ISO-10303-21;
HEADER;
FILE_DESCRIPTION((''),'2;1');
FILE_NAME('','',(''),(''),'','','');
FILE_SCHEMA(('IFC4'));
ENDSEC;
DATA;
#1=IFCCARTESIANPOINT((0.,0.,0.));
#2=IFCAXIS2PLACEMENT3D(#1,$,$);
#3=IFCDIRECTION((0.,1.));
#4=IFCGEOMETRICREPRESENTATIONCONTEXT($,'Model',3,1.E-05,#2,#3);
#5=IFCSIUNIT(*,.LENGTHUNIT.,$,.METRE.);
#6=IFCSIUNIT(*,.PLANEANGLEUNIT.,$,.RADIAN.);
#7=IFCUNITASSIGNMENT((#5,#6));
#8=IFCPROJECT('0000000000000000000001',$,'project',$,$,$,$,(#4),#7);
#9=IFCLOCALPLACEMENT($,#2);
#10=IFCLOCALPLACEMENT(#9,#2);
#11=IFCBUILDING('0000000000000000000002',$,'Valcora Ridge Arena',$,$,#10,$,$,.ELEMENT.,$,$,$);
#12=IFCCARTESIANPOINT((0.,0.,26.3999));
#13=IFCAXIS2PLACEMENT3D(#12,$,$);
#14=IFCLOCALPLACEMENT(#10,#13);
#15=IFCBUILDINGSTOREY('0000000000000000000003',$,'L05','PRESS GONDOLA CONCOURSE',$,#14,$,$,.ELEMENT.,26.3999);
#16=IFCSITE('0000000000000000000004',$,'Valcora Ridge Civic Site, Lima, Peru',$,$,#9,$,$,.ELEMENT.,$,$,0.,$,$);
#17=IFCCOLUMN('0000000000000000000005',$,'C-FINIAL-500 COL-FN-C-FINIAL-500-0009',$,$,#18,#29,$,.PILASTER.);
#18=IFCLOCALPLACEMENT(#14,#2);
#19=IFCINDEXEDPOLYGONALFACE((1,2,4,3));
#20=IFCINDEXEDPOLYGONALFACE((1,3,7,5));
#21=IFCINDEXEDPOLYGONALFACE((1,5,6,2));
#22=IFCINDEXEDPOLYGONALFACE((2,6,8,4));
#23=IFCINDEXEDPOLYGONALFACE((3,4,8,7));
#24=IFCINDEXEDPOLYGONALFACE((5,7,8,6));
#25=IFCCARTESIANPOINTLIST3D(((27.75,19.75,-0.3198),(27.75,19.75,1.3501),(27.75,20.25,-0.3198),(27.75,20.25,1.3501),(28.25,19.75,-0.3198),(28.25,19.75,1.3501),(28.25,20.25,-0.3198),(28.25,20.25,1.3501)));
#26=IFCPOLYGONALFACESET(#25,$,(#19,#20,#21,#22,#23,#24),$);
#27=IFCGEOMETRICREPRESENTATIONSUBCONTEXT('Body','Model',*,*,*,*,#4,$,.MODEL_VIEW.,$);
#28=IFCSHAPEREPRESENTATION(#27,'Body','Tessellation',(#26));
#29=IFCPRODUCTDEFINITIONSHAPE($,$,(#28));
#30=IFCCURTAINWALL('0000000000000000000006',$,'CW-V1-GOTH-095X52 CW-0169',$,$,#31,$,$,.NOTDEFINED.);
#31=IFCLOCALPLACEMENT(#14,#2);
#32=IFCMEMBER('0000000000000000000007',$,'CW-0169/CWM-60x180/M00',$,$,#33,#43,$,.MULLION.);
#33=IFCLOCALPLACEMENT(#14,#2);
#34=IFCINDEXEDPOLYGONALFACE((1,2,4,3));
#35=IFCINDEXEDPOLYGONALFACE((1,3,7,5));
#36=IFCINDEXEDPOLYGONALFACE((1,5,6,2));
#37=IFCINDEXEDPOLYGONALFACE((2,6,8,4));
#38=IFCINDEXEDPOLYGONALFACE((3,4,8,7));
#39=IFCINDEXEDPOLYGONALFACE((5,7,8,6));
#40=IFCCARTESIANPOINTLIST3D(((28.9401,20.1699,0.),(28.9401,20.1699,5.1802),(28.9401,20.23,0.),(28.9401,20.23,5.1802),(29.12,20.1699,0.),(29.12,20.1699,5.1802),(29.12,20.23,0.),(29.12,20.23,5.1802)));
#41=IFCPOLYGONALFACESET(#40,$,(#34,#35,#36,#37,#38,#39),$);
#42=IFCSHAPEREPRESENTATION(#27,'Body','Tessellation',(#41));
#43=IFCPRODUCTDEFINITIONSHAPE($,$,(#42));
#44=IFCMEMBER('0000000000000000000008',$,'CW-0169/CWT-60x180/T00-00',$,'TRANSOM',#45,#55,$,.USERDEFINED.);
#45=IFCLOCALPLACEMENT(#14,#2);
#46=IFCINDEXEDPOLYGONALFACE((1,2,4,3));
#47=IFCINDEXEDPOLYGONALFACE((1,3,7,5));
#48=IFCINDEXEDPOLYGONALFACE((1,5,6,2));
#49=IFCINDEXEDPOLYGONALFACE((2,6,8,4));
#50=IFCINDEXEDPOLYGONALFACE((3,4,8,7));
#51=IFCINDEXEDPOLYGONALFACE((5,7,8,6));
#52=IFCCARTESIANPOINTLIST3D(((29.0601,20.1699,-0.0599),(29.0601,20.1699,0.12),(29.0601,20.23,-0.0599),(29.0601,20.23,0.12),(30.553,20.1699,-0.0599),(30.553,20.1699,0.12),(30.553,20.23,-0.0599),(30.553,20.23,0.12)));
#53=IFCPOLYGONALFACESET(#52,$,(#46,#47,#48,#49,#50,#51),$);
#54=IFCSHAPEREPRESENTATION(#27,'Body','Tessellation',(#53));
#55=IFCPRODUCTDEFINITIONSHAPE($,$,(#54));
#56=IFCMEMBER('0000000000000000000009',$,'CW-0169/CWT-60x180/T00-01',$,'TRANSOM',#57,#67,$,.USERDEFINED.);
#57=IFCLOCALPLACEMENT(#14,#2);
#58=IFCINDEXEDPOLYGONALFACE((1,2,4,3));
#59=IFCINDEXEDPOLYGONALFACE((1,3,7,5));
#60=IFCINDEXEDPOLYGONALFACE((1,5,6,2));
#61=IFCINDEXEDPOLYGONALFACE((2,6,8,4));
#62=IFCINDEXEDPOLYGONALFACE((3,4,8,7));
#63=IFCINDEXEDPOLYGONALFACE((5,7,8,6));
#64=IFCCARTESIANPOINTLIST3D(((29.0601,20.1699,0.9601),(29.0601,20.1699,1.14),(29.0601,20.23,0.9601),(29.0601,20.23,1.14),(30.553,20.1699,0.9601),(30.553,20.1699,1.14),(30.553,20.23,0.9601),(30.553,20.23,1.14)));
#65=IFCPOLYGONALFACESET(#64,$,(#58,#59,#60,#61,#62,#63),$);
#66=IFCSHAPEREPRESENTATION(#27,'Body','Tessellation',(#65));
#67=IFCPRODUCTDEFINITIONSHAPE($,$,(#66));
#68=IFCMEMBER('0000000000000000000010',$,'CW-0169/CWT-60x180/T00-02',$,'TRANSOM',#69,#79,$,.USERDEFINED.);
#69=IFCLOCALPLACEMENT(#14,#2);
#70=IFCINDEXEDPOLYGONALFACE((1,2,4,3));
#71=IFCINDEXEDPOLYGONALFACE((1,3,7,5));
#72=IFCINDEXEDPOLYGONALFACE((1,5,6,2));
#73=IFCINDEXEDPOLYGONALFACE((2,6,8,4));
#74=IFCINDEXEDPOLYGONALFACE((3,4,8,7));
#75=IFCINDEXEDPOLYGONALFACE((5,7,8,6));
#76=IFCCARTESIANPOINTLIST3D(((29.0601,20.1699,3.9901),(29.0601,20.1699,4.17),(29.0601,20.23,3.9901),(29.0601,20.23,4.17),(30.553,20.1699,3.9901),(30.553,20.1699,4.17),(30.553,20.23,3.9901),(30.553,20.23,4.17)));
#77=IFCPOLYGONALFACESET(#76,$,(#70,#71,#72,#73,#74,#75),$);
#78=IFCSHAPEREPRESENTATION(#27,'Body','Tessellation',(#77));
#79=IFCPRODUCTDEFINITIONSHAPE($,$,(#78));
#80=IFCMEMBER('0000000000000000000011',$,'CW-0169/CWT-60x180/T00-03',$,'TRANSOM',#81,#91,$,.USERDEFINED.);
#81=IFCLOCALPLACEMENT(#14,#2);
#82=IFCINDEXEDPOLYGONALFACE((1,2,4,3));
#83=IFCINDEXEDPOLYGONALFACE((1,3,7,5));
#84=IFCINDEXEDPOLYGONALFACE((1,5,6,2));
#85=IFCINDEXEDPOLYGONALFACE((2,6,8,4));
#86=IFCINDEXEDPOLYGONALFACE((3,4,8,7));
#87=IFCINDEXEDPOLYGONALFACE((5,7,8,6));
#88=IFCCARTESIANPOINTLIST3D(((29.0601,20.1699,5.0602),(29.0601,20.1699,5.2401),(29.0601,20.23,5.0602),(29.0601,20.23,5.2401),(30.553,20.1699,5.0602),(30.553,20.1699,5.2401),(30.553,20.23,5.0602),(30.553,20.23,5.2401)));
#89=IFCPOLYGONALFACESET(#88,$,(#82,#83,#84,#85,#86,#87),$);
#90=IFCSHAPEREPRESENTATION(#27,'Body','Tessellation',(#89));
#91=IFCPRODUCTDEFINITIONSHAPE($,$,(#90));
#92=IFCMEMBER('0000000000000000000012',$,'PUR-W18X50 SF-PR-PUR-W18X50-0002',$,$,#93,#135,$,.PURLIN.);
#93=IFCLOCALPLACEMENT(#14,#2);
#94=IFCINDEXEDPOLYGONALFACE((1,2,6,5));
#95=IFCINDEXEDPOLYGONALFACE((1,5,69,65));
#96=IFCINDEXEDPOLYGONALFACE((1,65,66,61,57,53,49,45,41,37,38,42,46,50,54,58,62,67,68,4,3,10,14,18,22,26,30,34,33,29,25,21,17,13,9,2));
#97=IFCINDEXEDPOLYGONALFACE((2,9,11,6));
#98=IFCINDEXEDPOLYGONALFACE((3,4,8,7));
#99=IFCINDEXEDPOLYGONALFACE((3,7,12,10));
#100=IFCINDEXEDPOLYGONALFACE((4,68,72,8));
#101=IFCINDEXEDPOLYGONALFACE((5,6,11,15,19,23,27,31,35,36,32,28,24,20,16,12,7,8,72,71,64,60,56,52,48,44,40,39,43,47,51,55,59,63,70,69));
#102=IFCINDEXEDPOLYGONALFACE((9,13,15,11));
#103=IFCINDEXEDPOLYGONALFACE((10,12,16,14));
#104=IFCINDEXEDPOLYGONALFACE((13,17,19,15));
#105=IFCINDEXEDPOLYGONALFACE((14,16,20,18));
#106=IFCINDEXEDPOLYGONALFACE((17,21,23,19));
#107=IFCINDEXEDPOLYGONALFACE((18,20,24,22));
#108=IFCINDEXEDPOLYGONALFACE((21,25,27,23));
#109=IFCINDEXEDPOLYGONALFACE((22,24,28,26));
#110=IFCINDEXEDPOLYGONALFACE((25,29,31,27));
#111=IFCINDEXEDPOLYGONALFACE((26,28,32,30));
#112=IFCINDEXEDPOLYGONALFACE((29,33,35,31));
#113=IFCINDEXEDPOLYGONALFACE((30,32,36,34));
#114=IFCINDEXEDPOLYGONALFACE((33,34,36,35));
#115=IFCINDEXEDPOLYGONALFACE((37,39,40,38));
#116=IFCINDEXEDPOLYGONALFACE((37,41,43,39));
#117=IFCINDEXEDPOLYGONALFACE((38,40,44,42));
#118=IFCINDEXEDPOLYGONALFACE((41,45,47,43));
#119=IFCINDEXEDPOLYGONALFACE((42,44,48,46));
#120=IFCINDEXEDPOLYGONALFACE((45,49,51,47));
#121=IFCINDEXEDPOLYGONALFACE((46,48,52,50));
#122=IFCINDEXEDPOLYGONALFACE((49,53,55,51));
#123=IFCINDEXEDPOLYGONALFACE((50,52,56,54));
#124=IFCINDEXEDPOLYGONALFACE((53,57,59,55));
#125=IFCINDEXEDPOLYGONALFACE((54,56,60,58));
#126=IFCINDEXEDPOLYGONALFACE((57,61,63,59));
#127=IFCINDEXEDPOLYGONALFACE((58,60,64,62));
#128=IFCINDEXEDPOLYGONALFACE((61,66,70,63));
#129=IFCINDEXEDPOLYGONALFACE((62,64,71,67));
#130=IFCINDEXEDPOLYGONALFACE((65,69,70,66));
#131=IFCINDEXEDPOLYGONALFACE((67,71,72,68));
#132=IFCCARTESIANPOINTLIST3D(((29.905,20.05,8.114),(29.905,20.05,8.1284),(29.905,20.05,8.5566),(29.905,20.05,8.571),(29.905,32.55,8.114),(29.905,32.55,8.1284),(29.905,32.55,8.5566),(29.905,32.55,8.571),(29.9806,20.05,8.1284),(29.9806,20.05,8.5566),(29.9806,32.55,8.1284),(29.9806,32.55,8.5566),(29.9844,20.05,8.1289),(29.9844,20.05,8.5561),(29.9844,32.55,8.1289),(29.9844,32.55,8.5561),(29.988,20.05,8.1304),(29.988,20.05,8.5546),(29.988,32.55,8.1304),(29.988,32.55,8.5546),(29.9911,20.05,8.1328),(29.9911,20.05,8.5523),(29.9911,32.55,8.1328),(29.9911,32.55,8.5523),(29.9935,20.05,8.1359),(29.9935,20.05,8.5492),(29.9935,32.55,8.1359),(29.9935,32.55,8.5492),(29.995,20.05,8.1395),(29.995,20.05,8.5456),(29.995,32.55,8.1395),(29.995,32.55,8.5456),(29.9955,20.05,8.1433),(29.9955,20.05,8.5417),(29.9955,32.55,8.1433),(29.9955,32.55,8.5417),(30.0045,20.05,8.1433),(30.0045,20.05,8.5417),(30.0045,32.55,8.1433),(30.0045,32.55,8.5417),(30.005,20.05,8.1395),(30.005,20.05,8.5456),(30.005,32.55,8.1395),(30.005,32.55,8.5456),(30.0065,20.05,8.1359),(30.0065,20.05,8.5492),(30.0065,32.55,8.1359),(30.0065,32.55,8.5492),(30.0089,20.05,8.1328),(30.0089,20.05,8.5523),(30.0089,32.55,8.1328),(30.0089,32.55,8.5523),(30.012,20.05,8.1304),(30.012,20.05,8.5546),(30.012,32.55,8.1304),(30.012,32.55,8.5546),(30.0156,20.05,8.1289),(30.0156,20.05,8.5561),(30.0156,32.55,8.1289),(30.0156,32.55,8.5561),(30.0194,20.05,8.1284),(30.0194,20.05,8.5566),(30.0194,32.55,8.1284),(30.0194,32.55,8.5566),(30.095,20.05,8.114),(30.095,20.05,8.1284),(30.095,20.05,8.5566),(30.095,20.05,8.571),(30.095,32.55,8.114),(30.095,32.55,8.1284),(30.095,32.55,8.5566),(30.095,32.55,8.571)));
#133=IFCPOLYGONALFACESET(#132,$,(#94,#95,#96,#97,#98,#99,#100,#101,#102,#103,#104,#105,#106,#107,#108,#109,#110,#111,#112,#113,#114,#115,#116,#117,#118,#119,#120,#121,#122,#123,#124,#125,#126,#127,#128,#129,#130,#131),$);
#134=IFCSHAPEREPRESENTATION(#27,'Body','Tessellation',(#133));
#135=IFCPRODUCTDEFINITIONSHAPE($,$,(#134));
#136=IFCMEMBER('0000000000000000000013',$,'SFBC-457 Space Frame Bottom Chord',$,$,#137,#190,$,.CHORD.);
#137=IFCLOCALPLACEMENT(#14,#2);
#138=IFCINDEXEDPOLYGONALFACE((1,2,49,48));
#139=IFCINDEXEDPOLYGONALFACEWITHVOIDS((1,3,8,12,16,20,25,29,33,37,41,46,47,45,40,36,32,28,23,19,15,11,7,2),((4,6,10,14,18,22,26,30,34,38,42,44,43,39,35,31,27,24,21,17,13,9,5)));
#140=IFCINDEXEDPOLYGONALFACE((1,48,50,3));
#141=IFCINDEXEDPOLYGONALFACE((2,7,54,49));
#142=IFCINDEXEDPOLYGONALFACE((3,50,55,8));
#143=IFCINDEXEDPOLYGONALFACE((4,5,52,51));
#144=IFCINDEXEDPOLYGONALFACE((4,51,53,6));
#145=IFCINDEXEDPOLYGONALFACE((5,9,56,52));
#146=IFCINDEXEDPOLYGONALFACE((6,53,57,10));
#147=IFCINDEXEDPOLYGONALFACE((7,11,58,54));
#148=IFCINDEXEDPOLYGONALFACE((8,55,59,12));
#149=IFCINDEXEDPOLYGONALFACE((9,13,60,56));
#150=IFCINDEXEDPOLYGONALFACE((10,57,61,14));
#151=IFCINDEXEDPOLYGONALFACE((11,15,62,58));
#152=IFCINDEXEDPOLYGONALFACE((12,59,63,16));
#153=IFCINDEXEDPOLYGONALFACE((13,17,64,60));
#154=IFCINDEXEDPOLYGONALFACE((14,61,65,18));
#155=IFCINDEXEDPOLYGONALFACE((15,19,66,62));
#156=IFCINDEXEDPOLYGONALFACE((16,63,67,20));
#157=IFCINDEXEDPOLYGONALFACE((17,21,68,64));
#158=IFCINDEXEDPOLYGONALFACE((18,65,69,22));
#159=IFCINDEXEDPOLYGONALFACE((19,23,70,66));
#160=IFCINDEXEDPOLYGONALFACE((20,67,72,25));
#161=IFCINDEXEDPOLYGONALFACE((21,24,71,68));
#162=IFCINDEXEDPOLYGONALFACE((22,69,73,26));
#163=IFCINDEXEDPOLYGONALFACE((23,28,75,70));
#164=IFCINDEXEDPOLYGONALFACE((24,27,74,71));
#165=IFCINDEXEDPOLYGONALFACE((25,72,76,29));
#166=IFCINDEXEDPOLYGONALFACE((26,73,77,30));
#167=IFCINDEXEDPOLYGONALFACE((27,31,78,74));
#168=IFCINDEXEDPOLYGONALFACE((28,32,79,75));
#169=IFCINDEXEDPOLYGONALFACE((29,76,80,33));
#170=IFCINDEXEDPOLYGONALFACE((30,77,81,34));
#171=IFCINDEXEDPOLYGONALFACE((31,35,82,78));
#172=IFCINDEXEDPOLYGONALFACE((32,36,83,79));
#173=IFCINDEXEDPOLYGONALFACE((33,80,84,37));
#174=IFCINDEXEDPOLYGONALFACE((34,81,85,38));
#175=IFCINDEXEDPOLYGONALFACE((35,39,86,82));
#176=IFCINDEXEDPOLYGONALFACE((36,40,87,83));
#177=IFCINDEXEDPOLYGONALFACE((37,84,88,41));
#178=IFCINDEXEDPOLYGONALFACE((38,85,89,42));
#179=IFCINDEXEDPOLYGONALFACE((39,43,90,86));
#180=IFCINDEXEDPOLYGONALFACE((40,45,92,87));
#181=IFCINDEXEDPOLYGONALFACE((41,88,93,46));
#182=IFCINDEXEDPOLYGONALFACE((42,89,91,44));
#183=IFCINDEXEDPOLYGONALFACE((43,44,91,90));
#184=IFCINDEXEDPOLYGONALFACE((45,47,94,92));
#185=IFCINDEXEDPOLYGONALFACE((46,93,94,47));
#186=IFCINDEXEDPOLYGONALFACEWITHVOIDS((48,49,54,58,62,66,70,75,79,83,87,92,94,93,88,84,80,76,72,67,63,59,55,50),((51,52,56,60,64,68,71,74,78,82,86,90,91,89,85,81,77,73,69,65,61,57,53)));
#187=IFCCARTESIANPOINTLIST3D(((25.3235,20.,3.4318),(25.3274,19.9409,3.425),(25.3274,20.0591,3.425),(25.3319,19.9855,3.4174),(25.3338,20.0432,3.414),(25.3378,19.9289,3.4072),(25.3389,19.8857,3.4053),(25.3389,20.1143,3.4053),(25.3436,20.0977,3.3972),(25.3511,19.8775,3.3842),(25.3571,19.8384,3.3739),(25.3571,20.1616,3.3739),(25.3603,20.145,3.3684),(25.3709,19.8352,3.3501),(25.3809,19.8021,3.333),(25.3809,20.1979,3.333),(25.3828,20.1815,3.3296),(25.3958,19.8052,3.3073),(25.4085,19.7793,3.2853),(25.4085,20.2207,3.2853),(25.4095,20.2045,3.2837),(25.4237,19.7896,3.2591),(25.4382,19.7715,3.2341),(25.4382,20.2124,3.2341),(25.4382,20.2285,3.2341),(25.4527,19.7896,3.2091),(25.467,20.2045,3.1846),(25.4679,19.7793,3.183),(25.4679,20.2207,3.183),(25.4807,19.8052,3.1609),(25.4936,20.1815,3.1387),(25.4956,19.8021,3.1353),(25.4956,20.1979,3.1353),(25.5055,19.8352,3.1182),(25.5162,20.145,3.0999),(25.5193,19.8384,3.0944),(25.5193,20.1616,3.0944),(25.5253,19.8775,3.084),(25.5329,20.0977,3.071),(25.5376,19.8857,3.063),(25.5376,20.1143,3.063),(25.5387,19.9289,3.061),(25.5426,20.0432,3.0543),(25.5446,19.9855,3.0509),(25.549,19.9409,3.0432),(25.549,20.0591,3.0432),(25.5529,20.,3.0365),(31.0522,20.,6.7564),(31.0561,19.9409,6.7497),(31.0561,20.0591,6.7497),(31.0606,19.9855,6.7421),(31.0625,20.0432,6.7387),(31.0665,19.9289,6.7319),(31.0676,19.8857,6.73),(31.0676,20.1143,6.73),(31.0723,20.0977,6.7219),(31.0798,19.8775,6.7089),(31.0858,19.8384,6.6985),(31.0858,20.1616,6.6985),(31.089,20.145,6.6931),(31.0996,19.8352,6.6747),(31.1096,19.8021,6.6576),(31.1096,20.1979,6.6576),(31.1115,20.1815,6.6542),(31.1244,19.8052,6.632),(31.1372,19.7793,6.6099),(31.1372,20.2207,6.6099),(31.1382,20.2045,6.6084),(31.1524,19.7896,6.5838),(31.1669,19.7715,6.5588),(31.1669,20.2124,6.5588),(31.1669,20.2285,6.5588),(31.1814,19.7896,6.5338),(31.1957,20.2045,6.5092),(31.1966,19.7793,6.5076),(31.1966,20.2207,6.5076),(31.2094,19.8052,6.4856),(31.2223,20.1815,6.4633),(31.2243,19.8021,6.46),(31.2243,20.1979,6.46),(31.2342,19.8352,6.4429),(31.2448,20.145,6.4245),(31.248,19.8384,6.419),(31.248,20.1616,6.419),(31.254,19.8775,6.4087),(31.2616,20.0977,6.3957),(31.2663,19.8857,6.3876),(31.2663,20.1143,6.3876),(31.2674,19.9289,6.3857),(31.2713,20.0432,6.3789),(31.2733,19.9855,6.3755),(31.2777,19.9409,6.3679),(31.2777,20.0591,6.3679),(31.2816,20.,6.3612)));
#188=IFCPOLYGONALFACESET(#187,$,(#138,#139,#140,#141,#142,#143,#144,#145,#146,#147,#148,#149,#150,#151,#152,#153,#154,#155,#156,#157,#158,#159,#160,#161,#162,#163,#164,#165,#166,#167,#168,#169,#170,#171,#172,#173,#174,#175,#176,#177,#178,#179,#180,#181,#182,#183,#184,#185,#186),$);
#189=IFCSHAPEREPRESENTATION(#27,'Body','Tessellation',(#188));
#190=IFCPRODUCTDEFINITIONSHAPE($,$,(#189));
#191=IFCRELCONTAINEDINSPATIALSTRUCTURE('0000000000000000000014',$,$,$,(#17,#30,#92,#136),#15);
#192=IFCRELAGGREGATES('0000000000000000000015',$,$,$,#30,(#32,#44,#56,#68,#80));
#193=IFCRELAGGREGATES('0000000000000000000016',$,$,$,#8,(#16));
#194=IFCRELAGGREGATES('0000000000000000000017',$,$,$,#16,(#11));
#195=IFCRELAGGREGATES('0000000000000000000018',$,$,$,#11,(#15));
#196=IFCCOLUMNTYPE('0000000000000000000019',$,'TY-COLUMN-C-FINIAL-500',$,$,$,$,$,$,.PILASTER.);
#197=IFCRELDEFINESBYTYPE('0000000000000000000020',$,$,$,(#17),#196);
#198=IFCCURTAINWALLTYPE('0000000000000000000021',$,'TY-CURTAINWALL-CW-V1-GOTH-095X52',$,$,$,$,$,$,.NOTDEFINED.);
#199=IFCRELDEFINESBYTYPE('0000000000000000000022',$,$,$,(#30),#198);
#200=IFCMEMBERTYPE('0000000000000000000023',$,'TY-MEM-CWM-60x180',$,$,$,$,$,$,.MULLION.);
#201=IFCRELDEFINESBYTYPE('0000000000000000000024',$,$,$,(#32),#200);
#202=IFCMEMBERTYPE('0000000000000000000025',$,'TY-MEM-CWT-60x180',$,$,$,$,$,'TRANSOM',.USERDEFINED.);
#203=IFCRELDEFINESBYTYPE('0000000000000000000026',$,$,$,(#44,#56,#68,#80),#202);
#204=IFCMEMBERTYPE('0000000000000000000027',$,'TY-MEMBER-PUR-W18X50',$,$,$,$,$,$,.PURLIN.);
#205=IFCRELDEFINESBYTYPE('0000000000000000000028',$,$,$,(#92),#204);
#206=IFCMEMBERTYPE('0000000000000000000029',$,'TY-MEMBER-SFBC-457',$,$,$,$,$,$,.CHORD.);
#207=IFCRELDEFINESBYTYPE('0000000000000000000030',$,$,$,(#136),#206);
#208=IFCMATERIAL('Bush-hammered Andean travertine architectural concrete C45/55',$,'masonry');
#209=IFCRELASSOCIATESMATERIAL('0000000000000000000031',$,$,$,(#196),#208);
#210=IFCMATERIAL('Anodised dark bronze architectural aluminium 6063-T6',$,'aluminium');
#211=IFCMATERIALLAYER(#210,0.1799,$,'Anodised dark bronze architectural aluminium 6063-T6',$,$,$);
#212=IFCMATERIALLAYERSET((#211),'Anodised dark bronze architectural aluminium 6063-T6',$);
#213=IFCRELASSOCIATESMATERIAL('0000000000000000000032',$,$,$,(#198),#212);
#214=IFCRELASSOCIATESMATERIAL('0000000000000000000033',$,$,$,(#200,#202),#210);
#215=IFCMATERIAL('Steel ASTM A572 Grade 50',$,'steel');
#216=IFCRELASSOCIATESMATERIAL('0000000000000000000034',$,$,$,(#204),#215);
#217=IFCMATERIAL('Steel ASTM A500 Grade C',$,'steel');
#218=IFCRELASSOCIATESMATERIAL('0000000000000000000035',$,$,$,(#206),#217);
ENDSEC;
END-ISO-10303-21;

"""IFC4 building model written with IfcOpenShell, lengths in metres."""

from ifc_helpers import new_model, si_unit, direction, frame, origin, origin_2d, place, context, subcontext, project, spatial, rectangle, hollow_circle, i_section, extrude, material, layer, layer_set, material_profile, profile_set, type_object, element, aggregate, save


model = new_model("IFC4")

# Units and contexts
model_context = context("Model", 3, precision=1e-05, world=origin(), true_north=direction((0.0, 1.0)))
body_context = subcontext(model_context, "Body", "Model", "MODEL_VIEW")
ifc_project = project(units=[si_unit("LENGTHUNIT", "METRE"), si_unit("PLANEANGLEUNIT", "RADIAN")], contexts=[model_context])

# Site, building, storey
site_placement = place(None, origin())
site = spatial("IfcSite", under=ifc_project, at=site_placement, Name="Valcora Ridge Civic Site, Lima, Peru", CompositionType="ELEMENT", RefElevation=0.0)
building_placement = place(site_placement, origin())
building = spatial("IfcBuilding", under=site, at=building_placement, Name="Valcora Ridge Arena", CompositionType="ELEMENT")
storey_placement = place(building_placement, frame((0.0, 0.0, 26.3999)))
storey = spatial("IfcBuildingStorey", under=building, at=storey_placement, Name="L05", Description="PRESS GONDOLA CONCOURSE", CompositionType="ELEMENT", Elevation=26.3999)

# Column
ifc_material_1 = material(Name="Bush-hammered Andean travertine architectural concrete C45/55", Category="masonry")
ifc_material_profile_1 = material_profile(ifc_material_1, rectangle(XDim=0.5, YDim=0.5, at=origin_2d()), Name="RC 500x500")
ifc_profile_set_1 = profile_set([ifc_material_profile_1], Name="Bush-hammered Andean travertine architectural concrete C45/55")
column_type = type_object("IfcColumnType", Name="TY-COLUMN-C-FINIAL-500", PredefinedType="PILASTER", material=ifc_profile_set_1)
column_placement = place(storey_placement, frame((28.0, 20.0, -0.3198), z_axis=(0.0, 0.0, 1.0), x_axis=(1.0, 0.0, 0.0)))
element("IfcColumn", 1, at=column_placement, inside=storey, type_object=column_type, Name="C-FINIAL-500 COL-FN-C-FINIAL-500-0009", PredefinedType="PILASTER", context=body_context, shape_type="SweptSolid", body=[
    extrude(rectangle(XDim=0.5, YDim=0.5, at=origin_2d()), origin(), (0.0, 0.0, 1.0), 1.6699),
])

# Curtain wall, members
ifc_material_2 = material(Name="Anodised dark bronze architectural aluminium 6063-T6", Category="aluminium")
ifc_layer_1 = layer(ifc_material_2, 0.1799, Name="Anodised dark bronze architectural aluminium 6063-T6")
ifc_layer_set_1 = layer_set([ifc_layer_1], Name="Anodised dark bronze architectural aluminium 6063-T6")
curtain_wall_type = type_object("IfcCurtainWallType", Name="TY-CURTAINWALL-CW-V1-GOTH-095X52", PredefinedType="NOTDEFINED", material=ifc_layer_set_1)
curtain_wall_placement = place(storey_placement, origin())
curtain_wall = element("IfcCurtainWall", 2, at=curtain_wall_placement, inside=storey, type_object=curtain_wall_type, Name="CW-V1-GOTH-095X52 CW-0169", PredefinedType="NOTDEFINED")
ifc_material_profile_2 = material_profile(ifc_material_2, rectangle(XDim=0.0601, YDim=0.1799, at=origin_2d()), Name="ALU MULLION 60x180")
ifc_profile_set_2 = profile_set([ifc_material_profile_2], Name="Anodised dark bronze architectural aluminium 6063-T6")
member_type_1 = type_object("IfcMemberType", Name="TY-MEM-CWM-60x180", PredefinedType="MULLION", material=ifc_profile_set_2)
member_1_placement = place(storey_placement, frame((29.03, 20.2, 0.0), z_axis=(0.0, 0.0, 1.0), x_axis=(0.0, 1.0, 0.0)))
member_1 = element("IfcMember", 3, at=member_1_placement, type_object=member_type_1, Name="CW-0169/CWM-60x180/M00", PredefinedType="MULLION", context=body_context, shape_type="SweptSolid", body=[
    extrude(rectangle(XDim=0.0601, YDim=0.1799, at=origin_2d()), origin(), (0.0, 0.0, 1.0), 5.1802),
])
ifc_material_profile_3 = material_profile(ifc_material_2, rectangle(XDim=0.0601, YDim=0.1799, at=origin_2d()), Name="ALU TRANSOM 60x180")
ifc_profile_set_3 = profile_set([ifc_material_profile_3], Name="Anodised dark bronze architectural aluminium 6063-T6")
member_type_2 = type_object("IfcMemberType", Name="TY-MEM-CWT-60x180", ElementType="TRANSOM", PredefinedType="USERDEFINED", material=ifc_profile_set_3)
member_2_placement = place(storey_placement, frame((29.0601, 20.2, 0.03), z_axis=(1.0, 0.0, 0.0), x_axis=(0.0, 1.0, 0.0)))
member_2 = element("IfcMember", 4, at=member_2_placement, type_object=member_type_2, Name="CW-0169/CWT-60x180/T00-00", ObjectType="TRANSOM", PredefinedType="USERDEFINED", context=body_context, shape_type="SweptSolid", body=[
    extrude(rectangle(XDim=0.0601, YDim=0.1799, at=origin_2d()), origin(), (0.0, 0.0, 1.0), 1.4929),
])
member_3_placement = place(storey_placement, frame((29.0601, 20.2, 1.05), z_axis=(1.0, 0.0, 0.0), x_axis=(0.0, 1.0, 0.0)))
member_3 = element("IfcMember", 5, at=member_3_placement, type_object=member_type_2, Name="CW-0169/CWT-60x180/T00-01", ObjectType="TRANSOM", PredefinedType="USERDEFINED", context=body_context, shape_type="SweptSolid", body=[
    extrude(rectangle(XDim=0.0601, YDim=0.1799, at=origin_2d()), origin(), (0.0, 0.0, 1.0), 1.4929),
])
member_4_placement = place(storey_placement, frame((29.0601, 20.2, 4.0801), z_axis=(1.0, 0.0, 0.0), x_axis=(0.0, 1.0, 0.0)))
member_4 = element("IfcMember", 6, at=member_4_placement, type_object=member_type_2, Name="CW-0169/CWT-60x180/T00-02", ObjectType="TRANSOM", PredefinedType="USERDEFINED", context=body_context, shape_type="SweptSolid", body=[
    extrude(rectangle(XDim=0.0601, YDim=0.1799, at=origin_2d()), origin(), (0.0, 0.0, 1.0), 1.4929),
])
member_5_placement = place(storey_placement, frame((29.0601, 20.2, 5.1501), z_axis=(1.0, 0.0, 0.0), x_axis=(0.0, 1.0, 0.0)))
member_5 = element("IfcMember", 7, at=member_5_placement, type_object=member_type_2, Name="CW-0169/CWT-60x180/T00-03", ObjectType="TRANSOM", PredefinedType="USERDEFINED", context=body_context, shape_type="SweptSolid", body=[
    extrude(rectangle(XDim=0.0601, YDim=0.1799, at=origin_2d()), origin(), (0.0, 0.0, 1.0), 1.4929),
])

# Members
ifc_material_3 = material(Name="Steel ASTM A572 Grade 50", Category="steel")
ifc_material_profile_4 = material_profile(ifc_material_3, i_section(OverallWidth=0.1899, OverallDepth=0.457, WebThickness=0.009, FlangeThickness=0.0144, FilletRadius=0.0149, at=origin_2d()), Name="W18X50")
ifc_profile_set_4 = profile_set([ifc_material_profile_4], Name="Steel ASTM A572 Grade 50")
member_type_3 = type_object("IfcMemberType", Name="TY-MEMBER-PUR-W18X50", PredefinedType="PURLIN", material=ifc_profile_set_4)
member_6_placement = place(storey_placement, frame((30.0, 20.05, 8.3425), z_axis=(0.0, 1.0, 0.0), x_axis=(-1.0, 0.0, 0.0)))
element("IfcMember", 8, at=member_6_placement, inside=storey, type_object=member_type_3, Name="PUR-W18X50 SF-PR-PUR-W18X50-0002", PredefinedType="PURLIN", context=body_context, shape_type="SweptSolid", body=[
    extrude(i_section(OverallWidth=0.1899, OverallDepth=0.457, WebThickness=0.009, FlangeThickness=0.0144, FilletRadius=0.0149, at=origin_2d()), origin(), (0.0, 0.0, 1.0), 12.5),
])
ifc_material_4 = material(Name="Steel ASTM A500 Grade C", Category="steel")
ifc_material_profile_5 = material_profile(ifc_material_4, hollow_circle(Radius=0.2285, WallThickness=0.0161, at=origin_2d()), Name="CHS457X16")
ifc_profile_set_5 = profile_set([ifc_material_profile_5], Name="Steel ASTM A500 Grade C")
member_type_4 = type_object("IfcMemberType", Name="TY-MEMBER-SFBC-457", PredefinedType="CHORD", material=ifc_profile_set_5)
member_7_placement = place(storey_placement, frame((25.4382, 20.0, 3.2341), z_axis=(0.864898, 0.0, 0.501947), x_axis=(0.0, 1.0, 0.0)))
element("IfcMember", 9, at=member_7_placement, inside=storey, type_object=member_type_4, Name="SFBC-457 Space Frame Bottom Chord", PredefinedType="CHORD", context=body_context, shape_type="SweptSolid", body=[
    extrude(hollow_circle(Radius=0.2285, WallThickness=0.0161, at=origin_2d()), origin(), (0.0, 0.0, 1.0), 6.6235),
])

aggregate(curtain_wall, [member_1, member_2, member_3, member_4, member_5])

save(model, "model.ifc")
